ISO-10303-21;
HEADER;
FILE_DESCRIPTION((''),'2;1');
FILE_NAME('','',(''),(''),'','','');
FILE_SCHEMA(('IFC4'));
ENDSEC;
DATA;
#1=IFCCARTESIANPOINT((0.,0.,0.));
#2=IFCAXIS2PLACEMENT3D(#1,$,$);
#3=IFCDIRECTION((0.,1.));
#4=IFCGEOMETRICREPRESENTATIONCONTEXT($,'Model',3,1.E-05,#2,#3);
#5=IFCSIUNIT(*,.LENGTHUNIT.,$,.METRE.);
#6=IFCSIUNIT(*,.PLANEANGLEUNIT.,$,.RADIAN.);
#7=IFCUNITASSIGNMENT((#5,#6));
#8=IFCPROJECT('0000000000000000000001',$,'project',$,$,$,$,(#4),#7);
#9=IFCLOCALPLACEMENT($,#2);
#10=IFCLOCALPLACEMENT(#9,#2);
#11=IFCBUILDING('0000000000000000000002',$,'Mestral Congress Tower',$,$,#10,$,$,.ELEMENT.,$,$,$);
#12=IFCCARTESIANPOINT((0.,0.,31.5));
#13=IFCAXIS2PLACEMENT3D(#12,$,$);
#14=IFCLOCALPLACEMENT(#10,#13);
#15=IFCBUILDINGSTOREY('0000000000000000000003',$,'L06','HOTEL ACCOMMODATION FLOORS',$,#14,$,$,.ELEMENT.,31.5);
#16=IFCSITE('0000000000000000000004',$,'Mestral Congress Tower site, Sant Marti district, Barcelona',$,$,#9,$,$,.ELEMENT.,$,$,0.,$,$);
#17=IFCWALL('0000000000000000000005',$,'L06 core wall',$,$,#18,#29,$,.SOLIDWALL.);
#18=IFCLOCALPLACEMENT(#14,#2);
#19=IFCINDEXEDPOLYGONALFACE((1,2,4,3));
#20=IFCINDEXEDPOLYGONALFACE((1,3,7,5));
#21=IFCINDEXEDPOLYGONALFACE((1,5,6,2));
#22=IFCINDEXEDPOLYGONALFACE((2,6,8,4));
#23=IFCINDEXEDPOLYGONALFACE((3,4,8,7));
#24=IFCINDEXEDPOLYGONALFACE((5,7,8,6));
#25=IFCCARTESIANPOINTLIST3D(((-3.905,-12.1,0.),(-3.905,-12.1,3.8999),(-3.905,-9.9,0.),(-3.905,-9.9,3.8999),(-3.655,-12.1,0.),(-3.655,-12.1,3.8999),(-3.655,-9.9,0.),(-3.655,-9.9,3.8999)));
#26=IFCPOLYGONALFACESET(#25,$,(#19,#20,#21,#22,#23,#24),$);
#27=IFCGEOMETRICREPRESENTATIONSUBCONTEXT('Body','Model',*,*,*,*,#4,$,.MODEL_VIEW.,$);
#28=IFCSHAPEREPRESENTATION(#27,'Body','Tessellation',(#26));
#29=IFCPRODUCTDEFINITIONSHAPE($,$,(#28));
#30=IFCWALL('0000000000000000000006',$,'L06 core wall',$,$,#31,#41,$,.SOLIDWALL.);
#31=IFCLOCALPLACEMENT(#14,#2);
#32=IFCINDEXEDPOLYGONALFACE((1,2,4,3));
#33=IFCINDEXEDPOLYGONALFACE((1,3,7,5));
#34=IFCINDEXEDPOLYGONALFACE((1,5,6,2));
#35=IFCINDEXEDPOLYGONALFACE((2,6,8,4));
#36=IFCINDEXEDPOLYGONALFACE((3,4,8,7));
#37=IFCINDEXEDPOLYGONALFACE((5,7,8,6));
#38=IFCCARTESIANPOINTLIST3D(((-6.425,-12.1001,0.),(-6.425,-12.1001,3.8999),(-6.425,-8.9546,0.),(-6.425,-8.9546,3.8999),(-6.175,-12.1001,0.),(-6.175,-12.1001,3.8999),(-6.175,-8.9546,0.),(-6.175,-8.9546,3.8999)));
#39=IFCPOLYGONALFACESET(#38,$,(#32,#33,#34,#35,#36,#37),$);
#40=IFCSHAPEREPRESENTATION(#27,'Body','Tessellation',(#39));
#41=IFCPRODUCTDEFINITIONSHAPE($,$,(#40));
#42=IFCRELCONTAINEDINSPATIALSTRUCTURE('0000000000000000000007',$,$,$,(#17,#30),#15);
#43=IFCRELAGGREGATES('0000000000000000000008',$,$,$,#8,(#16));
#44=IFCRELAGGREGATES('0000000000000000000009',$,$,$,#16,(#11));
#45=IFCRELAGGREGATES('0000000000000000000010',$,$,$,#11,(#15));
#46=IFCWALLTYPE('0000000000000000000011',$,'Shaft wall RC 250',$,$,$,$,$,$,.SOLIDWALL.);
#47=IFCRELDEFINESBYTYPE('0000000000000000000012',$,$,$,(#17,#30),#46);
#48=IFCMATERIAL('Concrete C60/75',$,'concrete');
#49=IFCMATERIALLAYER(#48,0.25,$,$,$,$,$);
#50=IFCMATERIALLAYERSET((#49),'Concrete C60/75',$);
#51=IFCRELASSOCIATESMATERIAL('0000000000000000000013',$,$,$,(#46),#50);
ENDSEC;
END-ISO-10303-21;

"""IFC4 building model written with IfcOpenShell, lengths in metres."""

from ifc_helpers import new_model, si_unit, direction, frame, frame_2d, origin, place, context, subcontext, project, spatial, rectangle, extrude, material, layer, layer_set, type_object, element, save


model = new_model("IFC4")

# Units and contexts
model_context = context("Model", 3, precision=1e-05, world=origin(), true_north=direction((0.0, 1.0)))
body_context = subcontext(model_context, "Body", "Model", "MODEL_VIEW")
ifc_project = project(units=[si_unit("LENGTHUNIT", "METRE"), si_unit("PLANEANGLEUNIT", "RADIAN")], contexts=[model_context])

# Site, building, storey
site_placement = place(None, origin())
site = spatial("IfcSite", under=ifc_project, at=site_placement, Name="Mestral Congress Tower site, Sant Marti district, Barcelona", CompositionType="ELEMENT", RefElevation=0.0)
building_placement = place(site_placement, origin())
building = spatial("IfcBuilding", under=site, at=building_placement, Name="Mestral Congress Tower", CompositionType="ELEMENT")
storey_placement = place(building_placement, frame((0.0, 0.0, 31.5)))
storey = spatial("IfcBuildingStorey", under=building, at=storey_placement, Name="L06", Description="HOTEL ACCOMMODATION FLOORS", CompositionType="ELEMENT", Elevation=31.5)

# Walls
ifc_material_1 = material(Name="Concrete C60/75", Category="concrete")
ifc_layer_1 = layer(ifc_material_1, 0.25)
ifc_layer_set_1 = layer_set([ifc_layer_1], Name="Concrete C60/75")
wall_type_1 = type_object("IfcWallType", Name="Shaft wall RC 250", PredefinedType="SOLIDWALL", material=ifc_layer_set_1)
wall_1_placement = place(storey_placement, frame((-3.78, -12.1001, 0.0), z_axis=(0.0, 0.0, 1.0), x_axis=(0.0, 1.0, 0.0)))
element("IfcWall", 1, at=wall_1_placement, inside=storey, type_object=wall_type_1, Name="L06 core wall", PredefinedType="SOLIDWALL", context=body_context, shape_type="SweptSolid", body=[
    extrude(rectangle(XDim=2.2, YDim=0.25, at=frame_2d((1.1001, 0.0))), origin(), (0.0, 0.0, 1.0), 3.8999),
])
wall_2_placement = place(storey_placement, frame((-6.3, -12.1001, 0.0), z_axis=(0.0, 0.0, 1.0), x_axis=(0.0, 1.0, 0.0)))
element("IfcWall", 2, at=wall_2_placement, inside=storey, type_object=wall_type_1, Name="L06 core wall", PredefinedType="SOLIDWALL", context=body_context, shape_type="SweptSolid", body=[
    extrude(rectangle(XDim=3.1455, YDim=0.25, at=frame_2d((1.5728, 0.0))), origin(), (0.0, 0.0, 1.0), 3.8999),
])

save(model, "model.ifc")
